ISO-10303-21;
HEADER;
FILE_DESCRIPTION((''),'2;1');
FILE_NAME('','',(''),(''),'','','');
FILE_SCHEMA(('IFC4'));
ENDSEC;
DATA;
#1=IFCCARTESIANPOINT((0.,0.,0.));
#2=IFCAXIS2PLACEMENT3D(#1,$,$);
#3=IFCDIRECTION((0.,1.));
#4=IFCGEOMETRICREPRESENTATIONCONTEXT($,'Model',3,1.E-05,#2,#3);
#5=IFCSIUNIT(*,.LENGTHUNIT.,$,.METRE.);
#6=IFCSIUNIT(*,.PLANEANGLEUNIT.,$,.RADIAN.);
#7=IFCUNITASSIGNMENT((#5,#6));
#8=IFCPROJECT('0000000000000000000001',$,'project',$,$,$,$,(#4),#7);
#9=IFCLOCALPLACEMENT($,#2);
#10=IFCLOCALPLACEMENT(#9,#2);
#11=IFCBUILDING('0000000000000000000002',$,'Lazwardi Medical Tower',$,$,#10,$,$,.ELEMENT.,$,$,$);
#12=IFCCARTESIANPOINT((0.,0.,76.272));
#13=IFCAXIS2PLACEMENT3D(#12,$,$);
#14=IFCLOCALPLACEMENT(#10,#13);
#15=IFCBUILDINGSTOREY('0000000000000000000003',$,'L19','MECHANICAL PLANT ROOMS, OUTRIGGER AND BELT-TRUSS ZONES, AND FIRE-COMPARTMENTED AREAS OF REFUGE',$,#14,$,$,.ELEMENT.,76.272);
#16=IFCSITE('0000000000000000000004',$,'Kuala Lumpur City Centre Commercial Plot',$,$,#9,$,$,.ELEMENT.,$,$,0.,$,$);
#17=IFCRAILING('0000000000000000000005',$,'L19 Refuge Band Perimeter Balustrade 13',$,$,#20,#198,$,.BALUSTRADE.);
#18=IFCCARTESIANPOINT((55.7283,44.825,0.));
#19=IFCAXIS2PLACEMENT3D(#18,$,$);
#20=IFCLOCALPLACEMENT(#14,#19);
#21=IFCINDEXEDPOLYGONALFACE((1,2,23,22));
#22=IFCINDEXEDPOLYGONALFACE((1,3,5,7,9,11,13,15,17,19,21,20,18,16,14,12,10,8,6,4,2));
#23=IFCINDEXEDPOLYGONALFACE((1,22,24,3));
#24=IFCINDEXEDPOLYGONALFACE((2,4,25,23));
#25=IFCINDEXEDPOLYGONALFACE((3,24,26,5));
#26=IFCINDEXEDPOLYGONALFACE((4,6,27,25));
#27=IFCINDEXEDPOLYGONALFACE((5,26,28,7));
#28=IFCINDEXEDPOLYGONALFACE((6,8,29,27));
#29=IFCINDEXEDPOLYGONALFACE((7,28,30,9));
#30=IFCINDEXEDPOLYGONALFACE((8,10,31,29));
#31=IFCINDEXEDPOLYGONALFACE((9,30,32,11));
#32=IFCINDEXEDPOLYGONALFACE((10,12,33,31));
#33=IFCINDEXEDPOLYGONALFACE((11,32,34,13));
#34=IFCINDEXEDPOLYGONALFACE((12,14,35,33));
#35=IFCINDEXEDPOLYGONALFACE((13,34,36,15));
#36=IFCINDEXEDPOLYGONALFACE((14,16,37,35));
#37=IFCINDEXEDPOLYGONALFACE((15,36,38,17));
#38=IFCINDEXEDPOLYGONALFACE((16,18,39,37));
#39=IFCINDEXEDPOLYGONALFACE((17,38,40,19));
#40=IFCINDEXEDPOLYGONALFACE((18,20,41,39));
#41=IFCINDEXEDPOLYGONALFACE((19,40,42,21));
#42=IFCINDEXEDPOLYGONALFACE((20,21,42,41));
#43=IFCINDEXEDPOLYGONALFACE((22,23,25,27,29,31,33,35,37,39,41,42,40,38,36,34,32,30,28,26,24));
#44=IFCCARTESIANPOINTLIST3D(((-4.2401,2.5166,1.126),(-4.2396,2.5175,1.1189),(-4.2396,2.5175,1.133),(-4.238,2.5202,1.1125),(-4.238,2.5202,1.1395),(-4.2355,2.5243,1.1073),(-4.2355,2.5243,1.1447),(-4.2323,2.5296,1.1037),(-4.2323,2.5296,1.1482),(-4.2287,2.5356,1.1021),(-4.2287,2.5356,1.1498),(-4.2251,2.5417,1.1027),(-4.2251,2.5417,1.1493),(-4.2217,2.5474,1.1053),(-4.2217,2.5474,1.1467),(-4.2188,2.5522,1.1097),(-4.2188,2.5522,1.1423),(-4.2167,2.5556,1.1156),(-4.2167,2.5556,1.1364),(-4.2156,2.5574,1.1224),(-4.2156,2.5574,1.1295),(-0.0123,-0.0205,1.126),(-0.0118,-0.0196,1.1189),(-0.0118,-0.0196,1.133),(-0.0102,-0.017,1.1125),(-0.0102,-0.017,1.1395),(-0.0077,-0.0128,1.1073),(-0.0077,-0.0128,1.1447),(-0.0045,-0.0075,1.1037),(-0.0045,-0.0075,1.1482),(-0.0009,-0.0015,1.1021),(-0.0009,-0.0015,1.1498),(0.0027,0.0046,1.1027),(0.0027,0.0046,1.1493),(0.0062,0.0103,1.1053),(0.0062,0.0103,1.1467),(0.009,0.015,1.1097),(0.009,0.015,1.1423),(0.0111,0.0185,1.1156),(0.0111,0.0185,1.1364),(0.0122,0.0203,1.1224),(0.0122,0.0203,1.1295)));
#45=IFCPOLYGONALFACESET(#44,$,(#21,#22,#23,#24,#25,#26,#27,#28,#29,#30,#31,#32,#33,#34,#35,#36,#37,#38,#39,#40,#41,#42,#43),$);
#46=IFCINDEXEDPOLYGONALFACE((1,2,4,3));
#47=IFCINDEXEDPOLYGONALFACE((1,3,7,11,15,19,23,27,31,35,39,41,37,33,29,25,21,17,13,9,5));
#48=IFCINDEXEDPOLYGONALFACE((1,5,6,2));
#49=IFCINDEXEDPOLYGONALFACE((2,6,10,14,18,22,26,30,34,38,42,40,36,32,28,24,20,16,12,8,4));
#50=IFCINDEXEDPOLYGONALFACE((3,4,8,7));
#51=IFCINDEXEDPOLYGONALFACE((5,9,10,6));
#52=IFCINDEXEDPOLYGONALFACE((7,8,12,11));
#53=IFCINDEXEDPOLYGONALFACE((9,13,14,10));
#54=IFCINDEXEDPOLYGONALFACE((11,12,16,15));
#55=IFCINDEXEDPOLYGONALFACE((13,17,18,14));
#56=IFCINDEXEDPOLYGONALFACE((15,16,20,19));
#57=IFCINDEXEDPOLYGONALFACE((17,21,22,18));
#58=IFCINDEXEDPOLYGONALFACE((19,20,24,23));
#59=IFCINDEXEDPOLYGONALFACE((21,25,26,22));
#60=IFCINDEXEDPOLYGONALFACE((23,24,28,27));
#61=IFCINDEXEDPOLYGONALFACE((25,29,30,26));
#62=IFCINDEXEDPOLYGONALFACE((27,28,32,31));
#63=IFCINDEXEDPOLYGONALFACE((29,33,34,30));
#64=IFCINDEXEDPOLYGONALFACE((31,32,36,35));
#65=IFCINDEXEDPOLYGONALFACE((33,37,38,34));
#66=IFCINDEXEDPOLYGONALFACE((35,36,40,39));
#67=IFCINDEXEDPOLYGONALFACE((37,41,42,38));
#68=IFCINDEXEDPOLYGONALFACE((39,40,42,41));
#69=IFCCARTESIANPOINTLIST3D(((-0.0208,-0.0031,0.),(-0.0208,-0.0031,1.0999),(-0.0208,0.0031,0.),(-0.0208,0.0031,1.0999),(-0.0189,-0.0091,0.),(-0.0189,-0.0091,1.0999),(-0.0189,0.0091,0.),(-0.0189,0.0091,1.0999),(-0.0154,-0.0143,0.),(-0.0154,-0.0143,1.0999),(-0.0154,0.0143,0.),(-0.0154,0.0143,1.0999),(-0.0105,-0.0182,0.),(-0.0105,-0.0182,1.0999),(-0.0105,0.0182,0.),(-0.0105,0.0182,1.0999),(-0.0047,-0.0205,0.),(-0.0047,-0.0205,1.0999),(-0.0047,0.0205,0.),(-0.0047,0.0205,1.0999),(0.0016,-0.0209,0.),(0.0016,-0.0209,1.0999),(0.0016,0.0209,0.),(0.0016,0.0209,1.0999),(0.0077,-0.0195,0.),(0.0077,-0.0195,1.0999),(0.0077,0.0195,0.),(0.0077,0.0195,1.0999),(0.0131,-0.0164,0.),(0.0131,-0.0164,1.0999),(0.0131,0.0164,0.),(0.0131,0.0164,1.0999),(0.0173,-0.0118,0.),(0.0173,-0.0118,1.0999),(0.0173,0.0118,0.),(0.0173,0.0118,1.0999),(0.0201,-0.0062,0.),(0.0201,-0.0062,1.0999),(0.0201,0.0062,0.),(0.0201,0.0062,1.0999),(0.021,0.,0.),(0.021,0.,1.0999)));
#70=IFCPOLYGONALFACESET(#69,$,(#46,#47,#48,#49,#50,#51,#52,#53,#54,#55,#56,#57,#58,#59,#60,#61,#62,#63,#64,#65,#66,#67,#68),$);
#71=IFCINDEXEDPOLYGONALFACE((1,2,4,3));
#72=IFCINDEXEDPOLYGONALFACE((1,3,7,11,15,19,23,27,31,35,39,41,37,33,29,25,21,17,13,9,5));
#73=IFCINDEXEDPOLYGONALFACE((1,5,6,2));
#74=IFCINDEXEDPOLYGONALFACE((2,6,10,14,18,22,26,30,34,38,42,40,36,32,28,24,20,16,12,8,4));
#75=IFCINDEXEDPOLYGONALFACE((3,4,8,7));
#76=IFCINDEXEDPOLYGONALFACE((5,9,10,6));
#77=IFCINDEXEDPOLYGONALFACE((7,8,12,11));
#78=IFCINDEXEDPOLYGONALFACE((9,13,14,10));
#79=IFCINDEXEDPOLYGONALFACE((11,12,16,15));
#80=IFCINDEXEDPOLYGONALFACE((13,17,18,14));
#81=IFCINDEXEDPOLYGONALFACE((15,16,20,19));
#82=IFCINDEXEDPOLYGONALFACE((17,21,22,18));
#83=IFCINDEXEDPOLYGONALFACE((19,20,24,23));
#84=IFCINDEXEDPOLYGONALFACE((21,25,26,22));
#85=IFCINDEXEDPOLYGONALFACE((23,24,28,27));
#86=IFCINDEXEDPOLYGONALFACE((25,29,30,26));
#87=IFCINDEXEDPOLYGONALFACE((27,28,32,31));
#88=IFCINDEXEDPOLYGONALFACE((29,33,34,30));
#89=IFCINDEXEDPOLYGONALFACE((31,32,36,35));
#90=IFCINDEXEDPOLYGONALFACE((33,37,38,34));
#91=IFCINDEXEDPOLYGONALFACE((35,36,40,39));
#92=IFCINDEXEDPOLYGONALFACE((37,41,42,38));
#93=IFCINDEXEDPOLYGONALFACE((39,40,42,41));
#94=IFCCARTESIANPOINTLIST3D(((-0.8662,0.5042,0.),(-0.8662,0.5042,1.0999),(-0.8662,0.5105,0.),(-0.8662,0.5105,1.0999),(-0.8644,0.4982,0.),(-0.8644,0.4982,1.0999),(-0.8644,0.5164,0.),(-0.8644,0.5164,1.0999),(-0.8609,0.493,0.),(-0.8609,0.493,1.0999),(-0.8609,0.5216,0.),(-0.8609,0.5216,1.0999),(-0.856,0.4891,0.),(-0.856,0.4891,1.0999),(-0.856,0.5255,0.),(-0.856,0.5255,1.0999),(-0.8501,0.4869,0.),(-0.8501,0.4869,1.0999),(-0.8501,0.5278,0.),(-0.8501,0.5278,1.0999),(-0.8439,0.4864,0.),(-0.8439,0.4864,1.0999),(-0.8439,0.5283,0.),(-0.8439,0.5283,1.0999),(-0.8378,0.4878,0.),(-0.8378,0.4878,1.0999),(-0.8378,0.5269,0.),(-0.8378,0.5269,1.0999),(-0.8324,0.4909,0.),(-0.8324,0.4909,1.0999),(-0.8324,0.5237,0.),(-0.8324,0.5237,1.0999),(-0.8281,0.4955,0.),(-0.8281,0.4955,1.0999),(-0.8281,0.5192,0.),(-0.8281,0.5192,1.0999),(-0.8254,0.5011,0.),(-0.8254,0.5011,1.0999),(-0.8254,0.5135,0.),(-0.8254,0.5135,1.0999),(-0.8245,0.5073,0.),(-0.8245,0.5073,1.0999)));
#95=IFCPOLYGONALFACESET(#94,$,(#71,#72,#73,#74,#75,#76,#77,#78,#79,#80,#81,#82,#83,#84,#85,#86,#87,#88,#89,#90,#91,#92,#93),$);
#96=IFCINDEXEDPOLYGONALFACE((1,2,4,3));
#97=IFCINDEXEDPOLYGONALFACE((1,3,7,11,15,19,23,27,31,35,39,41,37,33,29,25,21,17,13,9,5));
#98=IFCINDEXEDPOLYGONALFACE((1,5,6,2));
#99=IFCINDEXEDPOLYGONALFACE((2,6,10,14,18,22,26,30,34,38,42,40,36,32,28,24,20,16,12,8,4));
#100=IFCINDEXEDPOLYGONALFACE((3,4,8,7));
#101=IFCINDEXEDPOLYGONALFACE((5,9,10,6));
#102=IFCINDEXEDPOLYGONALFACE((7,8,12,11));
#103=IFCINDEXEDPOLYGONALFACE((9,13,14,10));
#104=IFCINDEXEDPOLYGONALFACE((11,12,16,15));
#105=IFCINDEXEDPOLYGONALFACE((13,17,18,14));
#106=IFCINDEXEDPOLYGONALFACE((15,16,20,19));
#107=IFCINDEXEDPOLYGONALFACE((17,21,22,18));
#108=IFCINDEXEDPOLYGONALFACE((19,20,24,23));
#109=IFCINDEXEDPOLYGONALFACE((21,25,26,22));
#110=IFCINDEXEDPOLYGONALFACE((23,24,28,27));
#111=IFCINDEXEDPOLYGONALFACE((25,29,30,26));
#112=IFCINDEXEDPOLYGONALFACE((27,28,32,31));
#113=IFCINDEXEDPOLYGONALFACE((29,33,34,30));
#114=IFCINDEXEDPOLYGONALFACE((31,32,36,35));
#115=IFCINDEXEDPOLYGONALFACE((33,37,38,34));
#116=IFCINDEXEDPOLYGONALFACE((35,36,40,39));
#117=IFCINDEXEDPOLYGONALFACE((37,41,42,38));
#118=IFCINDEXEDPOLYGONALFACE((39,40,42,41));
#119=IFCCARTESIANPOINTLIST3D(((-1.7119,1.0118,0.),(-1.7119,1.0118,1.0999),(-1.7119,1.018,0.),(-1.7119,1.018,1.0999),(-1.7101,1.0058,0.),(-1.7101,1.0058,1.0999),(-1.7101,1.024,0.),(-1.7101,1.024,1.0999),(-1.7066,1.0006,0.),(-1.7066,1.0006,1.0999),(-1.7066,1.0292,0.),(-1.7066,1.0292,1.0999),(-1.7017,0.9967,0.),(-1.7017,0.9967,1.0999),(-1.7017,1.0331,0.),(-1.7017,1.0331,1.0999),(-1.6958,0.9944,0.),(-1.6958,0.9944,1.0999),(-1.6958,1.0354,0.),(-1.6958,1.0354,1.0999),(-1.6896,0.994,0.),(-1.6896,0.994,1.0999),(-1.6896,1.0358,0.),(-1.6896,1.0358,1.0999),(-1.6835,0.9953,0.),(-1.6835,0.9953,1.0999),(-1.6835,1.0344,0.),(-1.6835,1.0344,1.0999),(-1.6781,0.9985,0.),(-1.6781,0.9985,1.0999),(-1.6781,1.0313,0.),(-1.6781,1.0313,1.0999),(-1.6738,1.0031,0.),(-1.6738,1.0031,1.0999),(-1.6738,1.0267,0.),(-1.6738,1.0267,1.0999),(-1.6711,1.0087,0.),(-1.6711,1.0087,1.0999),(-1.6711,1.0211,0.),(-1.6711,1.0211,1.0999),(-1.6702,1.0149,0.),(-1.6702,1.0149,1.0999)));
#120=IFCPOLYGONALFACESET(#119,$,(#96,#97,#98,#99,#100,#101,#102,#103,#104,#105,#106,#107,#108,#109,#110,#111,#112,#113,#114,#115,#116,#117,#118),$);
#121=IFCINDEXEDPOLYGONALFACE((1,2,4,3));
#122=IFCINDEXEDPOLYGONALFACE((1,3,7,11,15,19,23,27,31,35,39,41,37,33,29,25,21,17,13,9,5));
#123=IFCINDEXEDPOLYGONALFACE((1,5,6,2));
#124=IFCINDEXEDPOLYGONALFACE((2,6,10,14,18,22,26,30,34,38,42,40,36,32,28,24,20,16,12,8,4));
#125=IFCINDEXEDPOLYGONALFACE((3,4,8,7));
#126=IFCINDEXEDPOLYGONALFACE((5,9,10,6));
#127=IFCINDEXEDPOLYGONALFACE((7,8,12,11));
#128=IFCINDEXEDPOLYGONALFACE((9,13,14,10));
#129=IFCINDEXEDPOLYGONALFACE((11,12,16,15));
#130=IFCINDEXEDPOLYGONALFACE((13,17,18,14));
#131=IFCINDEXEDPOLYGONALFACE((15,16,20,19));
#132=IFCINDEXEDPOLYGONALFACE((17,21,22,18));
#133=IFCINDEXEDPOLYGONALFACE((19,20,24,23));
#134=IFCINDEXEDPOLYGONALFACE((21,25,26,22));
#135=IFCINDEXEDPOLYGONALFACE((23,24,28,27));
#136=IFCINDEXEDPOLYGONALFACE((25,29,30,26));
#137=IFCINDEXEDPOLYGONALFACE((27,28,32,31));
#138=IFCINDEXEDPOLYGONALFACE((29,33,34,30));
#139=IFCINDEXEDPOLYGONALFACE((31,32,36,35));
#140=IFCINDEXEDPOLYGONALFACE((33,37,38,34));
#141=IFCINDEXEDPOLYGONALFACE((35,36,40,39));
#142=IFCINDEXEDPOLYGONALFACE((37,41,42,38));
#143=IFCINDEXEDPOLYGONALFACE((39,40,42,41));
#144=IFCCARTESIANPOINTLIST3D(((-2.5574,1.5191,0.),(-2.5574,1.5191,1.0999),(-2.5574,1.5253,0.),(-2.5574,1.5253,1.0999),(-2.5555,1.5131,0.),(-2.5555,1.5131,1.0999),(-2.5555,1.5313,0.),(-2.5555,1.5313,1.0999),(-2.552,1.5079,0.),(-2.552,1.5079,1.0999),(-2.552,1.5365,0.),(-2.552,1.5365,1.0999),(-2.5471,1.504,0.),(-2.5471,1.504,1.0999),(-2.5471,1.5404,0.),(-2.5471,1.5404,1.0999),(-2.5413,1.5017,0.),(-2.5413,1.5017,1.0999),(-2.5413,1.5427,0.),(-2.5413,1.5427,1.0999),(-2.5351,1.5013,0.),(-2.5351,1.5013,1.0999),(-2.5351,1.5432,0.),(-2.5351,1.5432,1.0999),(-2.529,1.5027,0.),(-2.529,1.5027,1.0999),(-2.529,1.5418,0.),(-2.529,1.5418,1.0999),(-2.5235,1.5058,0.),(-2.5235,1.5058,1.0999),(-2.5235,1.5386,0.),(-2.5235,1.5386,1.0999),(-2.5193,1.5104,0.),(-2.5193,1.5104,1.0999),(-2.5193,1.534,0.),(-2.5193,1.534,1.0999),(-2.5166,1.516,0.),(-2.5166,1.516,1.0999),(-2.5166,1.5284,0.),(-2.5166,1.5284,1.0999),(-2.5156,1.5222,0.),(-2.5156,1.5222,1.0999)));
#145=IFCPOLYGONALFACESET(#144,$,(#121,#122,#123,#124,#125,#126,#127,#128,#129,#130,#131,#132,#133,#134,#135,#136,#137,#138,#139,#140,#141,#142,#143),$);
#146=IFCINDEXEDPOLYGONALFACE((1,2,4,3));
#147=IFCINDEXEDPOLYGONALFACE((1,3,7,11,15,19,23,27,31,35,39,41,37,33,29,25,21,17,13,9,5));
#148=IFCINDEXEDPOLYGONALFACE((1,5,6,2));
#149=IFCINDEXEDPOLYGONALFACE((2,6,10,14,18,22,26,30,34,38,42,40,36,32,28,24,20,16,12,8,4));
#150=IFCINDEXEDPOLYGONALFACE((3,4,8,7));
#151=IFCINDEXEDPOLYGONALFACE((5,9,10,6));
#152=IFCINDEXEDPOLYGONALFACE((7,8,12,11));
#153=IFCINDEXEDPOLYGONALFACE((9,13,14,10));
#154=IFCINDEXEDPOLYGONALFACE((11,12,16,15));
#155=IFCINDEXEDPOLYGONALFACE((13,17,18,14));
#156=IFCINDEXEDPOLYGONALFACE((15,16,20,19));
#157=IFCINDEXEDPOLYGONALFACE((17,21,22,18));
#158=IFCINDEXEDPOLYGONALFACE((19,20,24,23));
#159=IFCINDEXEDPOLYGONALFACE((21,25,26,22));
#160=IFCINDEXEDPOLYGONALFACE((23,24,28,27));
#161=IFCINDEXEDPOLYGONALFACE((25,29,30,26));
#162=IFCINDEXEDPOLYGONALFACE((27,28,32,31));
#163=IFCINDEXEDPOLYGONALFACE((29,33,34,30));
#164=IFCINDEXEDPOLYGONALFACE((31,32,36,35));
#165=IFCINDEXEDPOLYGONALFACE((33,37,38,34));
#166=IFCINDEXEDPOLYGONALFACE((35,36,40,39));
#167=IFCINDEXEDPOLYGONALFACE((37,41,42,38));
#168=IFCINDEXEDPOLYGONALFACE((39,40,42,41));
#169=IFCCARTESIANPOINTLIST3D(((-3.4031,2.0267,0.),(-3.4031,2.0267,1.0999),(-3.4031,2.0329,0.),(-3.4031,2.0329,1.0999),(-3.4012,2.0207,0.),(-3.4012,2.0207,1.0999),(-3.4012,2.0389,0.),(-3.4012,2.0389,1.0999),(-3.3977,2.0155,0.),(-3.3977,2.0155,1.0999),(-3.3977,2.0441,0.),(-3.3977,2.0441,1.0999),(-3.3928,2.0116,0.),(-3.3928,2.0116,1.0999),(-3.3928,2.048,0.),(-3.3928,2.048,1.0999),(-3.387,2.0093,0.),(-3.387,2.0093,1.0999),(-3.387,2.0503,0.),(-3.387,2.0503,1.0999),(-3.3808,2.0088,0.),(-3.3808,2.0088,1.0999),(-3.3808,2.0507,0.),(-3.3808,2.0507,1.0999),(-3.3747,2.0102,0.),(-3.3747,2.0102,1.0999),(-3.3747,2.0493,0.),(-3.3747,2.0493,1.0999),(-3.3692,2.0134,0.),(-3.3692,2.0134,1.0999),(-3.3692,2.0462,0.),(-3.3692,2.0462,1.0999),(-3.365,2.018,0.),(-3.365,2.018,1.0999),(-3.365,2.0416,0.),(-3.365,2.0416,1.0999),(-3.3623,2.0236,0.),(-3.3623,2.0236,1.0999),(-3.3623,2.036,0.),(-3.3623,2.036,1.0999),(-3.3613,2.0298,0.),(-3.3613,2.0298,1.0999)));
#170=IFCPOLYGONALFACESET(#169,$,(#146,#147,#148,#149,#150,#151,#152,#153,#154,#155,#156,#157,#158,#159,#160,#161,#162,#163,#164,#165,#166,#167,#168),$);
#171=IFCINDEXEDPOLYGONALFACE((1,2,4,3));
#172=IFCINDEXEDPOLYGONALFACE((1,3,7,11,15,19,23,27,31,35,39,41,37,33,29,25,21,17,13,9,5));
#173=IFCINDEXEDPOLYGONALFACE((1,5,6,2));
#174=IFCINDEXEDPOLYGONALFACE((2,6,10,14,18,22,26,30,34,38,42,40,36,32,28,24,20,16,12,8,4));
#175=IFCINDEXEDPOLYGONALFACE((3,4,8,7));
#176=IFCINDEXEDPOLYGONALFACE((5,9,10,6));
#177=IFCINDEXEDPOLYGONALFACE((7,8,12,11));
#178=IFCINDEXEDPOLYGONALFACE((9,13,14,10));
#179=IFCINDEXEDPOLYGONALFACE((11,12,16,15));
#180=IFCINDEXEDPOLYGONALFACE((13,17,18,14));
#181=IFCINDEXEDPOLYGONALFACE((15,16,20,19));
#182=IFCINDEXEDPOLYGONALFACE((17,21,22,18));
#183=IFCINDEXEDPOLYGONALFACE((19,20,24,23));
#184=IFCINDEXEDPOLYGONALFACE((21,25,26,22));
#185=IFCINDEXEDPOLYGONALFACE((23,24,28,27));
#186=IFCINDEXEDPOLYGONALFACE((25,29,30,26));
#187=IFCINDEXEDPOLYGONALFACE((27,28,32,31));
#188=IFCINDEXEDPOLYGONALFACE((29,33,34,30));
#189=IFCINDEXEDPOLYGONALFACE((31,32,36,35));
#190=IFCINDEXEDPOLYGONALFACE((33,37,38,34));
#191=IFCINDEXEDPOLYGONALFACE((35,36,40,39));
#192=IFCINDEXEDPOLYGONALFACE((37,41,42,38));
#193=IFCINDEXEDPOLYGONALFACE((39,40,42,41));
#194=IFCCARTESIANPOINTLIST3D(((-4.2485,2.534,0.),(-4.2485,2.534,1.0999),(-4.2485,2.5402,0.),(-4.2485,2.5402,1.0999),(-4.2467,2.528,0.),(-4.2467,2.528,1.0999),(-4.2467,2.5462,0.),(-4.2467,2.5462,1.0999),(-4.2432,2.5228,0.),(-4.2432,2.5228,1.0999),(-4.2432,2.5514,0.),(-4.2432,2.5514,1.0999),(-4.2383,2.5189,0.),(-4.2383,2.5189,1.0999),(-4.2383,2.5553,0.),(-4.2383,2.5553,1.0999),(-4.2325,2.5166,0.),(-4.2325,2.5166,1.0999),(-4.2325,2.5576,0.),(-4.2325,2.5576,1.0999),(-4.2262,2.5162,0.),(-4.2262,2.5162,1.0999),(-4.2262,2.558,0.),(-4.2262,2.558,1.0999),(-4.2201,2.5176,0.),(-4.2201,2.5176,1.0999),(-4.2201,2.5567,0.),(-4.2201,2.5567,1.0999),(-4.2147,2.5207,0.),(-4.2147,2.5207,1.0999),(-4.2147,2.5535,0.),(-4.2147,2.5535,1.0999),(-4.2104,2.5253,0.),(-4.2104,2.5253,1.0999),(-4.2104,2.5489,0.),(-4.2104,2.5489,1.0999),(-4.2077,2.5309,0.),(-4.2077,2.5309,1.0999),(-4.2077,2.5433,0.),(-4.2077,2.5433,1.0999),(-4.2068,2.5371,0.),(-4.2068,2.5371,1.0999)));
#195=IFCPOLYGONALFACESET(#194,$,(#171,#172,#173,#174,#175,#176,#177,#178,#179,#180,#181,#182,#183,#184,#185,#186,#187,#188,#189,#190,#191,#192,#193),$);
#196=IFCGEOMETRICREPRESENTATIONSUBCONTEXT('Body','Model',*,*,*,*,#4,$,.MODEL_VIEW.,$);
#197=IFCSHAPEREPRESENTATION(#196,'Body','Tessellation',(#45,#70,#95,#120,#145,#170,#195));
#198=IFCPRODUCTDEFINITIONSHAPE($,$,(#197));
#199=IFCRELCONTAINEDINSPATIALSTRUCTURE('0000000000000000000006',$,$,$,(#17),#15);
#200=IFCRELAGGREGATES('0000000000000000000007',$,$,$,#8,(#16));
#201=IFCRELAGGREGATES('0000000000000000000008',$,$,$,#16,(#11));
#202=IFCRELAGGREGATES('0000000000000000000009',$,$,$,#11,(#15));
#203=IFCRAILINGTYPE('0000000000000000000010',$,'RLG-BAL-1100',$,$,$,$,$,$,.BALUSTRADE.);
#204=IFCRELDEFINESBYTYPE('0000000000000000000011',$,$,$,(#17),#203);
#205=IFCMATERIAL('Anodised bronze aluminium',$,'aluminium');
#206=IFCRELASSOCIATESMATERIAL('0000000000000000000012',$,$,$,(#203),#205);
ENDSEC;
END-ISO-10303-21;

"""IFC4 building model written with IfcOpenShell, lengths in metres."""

from ifc_helpers import new_model, si_unit, direction, frame, origin, origin_2d, place, context, subcontext, project, spatial, circle, extrude, material, type_object, element, save


model = new_model("IFC4")

# Units and contexts
model_context = context("Model", 3, precision=1e-05, world=origin(), true_north=direction((0.0, 1.0)))
body_context = subcontext(model_context, "Body", "Model", "MODEL_VIEW")
ifc_project = project(units=[si_unit("LENGTHUNIT", "METRE"), si_unit("PLANEANGLEUNIT", "RADIAN")], contexts=[model_context])

# Site, building, storey
site_placement = place(None, origin())
site = spatial("IfcSite", under=ifc_project, at=site_placement, Name="Kuala Lumpur City Centre Commercial Plot", CompositionType="ELEMENT", RefElevation=0.0)
building_placement = place(site_placement, origin())
building = spatial("IfcBuilding", under=site, at=building_placement, Name="Lazwardi Medical Tower", CompositionType="ELEMENT")
storey_placement = place(building_placement, frame((0.0, 0.0, 76.272)))
storey = spatial("IfcBuildingStorey", under=building, at=storey_placement, Name="L19", Description="MECHANICAL PLANT ROOMS, OUTRIGGER AND BELT-TRUSS ZONES, AND FIRE-COMPARTMENTED AREAS OF REFUGE", CompositionType="ELEMENT", Elevation=76.272)

# Railing
ifc_material_1 = material(Name="Anodised bronze aluminium", Category="aluminium")
railing_type = type_object("IfcRailingType", Name="RLG-BAL-1100", PredefinedType="BALUSTRADE", material=ifc_material_1)
railing_1_placement = place(storey_placement, frame((55.7283, 44.825, 0.0)))
element("IfcRailing", 1, at=railing_1_placement, inside=storey, type_object=railing_type, Name="L19 Refuge Band Perimeter Balustrade 13", PredefinedType="BALUSTRADE", context=body_context, shape_type="SweptSolid", body=[
    extrude(circle(Radius=0.0239, at=origin_2d()), frame((0.0, 0.0, 1.126), z_axis=(-0.857454, 0.514561, 0.0), x_axis=(-0.514561, -0.857454, 0.0)), (0.0, 0.0, 1.0), 4.9307),
    extrude(circle(Radius=0.021, at=origin_2d()), origin(), (0.0, 0.0, 1.0), 1.0999),
    extrude(circle(Radius=0.021, at=origin_2d()), frame((-0.8455, 0.5073, 0.0)), (0.0, 0.0, 1.0), 1.0999),
    extrude(circle(Radius=0.021, at=origin_2d()), frame((-1.6912, 1.0149, 0.0)), (0.0, 0.0, 1.0), 1.0999),
    extrude(circle(Radius=0.021, at=origin_2d()), frame((-2.5366, 1.5222, 0.0)), (0.0, 0.0, 1.0), 1.0999),
    extrude(circle(Radius=0.021, at=origin_2d()), frame((-3.3823, 2.0298, 0.0)), (0.0, 0.0, 1.0), 1.0999),
    extrude(circle(Radius=0.021, at=origin_2d()), frame((-4.2278, 2.5371, 0.0)), (0.0, 0.0, 1.0), 1.0999),
])

save(model, "model.ifc")
